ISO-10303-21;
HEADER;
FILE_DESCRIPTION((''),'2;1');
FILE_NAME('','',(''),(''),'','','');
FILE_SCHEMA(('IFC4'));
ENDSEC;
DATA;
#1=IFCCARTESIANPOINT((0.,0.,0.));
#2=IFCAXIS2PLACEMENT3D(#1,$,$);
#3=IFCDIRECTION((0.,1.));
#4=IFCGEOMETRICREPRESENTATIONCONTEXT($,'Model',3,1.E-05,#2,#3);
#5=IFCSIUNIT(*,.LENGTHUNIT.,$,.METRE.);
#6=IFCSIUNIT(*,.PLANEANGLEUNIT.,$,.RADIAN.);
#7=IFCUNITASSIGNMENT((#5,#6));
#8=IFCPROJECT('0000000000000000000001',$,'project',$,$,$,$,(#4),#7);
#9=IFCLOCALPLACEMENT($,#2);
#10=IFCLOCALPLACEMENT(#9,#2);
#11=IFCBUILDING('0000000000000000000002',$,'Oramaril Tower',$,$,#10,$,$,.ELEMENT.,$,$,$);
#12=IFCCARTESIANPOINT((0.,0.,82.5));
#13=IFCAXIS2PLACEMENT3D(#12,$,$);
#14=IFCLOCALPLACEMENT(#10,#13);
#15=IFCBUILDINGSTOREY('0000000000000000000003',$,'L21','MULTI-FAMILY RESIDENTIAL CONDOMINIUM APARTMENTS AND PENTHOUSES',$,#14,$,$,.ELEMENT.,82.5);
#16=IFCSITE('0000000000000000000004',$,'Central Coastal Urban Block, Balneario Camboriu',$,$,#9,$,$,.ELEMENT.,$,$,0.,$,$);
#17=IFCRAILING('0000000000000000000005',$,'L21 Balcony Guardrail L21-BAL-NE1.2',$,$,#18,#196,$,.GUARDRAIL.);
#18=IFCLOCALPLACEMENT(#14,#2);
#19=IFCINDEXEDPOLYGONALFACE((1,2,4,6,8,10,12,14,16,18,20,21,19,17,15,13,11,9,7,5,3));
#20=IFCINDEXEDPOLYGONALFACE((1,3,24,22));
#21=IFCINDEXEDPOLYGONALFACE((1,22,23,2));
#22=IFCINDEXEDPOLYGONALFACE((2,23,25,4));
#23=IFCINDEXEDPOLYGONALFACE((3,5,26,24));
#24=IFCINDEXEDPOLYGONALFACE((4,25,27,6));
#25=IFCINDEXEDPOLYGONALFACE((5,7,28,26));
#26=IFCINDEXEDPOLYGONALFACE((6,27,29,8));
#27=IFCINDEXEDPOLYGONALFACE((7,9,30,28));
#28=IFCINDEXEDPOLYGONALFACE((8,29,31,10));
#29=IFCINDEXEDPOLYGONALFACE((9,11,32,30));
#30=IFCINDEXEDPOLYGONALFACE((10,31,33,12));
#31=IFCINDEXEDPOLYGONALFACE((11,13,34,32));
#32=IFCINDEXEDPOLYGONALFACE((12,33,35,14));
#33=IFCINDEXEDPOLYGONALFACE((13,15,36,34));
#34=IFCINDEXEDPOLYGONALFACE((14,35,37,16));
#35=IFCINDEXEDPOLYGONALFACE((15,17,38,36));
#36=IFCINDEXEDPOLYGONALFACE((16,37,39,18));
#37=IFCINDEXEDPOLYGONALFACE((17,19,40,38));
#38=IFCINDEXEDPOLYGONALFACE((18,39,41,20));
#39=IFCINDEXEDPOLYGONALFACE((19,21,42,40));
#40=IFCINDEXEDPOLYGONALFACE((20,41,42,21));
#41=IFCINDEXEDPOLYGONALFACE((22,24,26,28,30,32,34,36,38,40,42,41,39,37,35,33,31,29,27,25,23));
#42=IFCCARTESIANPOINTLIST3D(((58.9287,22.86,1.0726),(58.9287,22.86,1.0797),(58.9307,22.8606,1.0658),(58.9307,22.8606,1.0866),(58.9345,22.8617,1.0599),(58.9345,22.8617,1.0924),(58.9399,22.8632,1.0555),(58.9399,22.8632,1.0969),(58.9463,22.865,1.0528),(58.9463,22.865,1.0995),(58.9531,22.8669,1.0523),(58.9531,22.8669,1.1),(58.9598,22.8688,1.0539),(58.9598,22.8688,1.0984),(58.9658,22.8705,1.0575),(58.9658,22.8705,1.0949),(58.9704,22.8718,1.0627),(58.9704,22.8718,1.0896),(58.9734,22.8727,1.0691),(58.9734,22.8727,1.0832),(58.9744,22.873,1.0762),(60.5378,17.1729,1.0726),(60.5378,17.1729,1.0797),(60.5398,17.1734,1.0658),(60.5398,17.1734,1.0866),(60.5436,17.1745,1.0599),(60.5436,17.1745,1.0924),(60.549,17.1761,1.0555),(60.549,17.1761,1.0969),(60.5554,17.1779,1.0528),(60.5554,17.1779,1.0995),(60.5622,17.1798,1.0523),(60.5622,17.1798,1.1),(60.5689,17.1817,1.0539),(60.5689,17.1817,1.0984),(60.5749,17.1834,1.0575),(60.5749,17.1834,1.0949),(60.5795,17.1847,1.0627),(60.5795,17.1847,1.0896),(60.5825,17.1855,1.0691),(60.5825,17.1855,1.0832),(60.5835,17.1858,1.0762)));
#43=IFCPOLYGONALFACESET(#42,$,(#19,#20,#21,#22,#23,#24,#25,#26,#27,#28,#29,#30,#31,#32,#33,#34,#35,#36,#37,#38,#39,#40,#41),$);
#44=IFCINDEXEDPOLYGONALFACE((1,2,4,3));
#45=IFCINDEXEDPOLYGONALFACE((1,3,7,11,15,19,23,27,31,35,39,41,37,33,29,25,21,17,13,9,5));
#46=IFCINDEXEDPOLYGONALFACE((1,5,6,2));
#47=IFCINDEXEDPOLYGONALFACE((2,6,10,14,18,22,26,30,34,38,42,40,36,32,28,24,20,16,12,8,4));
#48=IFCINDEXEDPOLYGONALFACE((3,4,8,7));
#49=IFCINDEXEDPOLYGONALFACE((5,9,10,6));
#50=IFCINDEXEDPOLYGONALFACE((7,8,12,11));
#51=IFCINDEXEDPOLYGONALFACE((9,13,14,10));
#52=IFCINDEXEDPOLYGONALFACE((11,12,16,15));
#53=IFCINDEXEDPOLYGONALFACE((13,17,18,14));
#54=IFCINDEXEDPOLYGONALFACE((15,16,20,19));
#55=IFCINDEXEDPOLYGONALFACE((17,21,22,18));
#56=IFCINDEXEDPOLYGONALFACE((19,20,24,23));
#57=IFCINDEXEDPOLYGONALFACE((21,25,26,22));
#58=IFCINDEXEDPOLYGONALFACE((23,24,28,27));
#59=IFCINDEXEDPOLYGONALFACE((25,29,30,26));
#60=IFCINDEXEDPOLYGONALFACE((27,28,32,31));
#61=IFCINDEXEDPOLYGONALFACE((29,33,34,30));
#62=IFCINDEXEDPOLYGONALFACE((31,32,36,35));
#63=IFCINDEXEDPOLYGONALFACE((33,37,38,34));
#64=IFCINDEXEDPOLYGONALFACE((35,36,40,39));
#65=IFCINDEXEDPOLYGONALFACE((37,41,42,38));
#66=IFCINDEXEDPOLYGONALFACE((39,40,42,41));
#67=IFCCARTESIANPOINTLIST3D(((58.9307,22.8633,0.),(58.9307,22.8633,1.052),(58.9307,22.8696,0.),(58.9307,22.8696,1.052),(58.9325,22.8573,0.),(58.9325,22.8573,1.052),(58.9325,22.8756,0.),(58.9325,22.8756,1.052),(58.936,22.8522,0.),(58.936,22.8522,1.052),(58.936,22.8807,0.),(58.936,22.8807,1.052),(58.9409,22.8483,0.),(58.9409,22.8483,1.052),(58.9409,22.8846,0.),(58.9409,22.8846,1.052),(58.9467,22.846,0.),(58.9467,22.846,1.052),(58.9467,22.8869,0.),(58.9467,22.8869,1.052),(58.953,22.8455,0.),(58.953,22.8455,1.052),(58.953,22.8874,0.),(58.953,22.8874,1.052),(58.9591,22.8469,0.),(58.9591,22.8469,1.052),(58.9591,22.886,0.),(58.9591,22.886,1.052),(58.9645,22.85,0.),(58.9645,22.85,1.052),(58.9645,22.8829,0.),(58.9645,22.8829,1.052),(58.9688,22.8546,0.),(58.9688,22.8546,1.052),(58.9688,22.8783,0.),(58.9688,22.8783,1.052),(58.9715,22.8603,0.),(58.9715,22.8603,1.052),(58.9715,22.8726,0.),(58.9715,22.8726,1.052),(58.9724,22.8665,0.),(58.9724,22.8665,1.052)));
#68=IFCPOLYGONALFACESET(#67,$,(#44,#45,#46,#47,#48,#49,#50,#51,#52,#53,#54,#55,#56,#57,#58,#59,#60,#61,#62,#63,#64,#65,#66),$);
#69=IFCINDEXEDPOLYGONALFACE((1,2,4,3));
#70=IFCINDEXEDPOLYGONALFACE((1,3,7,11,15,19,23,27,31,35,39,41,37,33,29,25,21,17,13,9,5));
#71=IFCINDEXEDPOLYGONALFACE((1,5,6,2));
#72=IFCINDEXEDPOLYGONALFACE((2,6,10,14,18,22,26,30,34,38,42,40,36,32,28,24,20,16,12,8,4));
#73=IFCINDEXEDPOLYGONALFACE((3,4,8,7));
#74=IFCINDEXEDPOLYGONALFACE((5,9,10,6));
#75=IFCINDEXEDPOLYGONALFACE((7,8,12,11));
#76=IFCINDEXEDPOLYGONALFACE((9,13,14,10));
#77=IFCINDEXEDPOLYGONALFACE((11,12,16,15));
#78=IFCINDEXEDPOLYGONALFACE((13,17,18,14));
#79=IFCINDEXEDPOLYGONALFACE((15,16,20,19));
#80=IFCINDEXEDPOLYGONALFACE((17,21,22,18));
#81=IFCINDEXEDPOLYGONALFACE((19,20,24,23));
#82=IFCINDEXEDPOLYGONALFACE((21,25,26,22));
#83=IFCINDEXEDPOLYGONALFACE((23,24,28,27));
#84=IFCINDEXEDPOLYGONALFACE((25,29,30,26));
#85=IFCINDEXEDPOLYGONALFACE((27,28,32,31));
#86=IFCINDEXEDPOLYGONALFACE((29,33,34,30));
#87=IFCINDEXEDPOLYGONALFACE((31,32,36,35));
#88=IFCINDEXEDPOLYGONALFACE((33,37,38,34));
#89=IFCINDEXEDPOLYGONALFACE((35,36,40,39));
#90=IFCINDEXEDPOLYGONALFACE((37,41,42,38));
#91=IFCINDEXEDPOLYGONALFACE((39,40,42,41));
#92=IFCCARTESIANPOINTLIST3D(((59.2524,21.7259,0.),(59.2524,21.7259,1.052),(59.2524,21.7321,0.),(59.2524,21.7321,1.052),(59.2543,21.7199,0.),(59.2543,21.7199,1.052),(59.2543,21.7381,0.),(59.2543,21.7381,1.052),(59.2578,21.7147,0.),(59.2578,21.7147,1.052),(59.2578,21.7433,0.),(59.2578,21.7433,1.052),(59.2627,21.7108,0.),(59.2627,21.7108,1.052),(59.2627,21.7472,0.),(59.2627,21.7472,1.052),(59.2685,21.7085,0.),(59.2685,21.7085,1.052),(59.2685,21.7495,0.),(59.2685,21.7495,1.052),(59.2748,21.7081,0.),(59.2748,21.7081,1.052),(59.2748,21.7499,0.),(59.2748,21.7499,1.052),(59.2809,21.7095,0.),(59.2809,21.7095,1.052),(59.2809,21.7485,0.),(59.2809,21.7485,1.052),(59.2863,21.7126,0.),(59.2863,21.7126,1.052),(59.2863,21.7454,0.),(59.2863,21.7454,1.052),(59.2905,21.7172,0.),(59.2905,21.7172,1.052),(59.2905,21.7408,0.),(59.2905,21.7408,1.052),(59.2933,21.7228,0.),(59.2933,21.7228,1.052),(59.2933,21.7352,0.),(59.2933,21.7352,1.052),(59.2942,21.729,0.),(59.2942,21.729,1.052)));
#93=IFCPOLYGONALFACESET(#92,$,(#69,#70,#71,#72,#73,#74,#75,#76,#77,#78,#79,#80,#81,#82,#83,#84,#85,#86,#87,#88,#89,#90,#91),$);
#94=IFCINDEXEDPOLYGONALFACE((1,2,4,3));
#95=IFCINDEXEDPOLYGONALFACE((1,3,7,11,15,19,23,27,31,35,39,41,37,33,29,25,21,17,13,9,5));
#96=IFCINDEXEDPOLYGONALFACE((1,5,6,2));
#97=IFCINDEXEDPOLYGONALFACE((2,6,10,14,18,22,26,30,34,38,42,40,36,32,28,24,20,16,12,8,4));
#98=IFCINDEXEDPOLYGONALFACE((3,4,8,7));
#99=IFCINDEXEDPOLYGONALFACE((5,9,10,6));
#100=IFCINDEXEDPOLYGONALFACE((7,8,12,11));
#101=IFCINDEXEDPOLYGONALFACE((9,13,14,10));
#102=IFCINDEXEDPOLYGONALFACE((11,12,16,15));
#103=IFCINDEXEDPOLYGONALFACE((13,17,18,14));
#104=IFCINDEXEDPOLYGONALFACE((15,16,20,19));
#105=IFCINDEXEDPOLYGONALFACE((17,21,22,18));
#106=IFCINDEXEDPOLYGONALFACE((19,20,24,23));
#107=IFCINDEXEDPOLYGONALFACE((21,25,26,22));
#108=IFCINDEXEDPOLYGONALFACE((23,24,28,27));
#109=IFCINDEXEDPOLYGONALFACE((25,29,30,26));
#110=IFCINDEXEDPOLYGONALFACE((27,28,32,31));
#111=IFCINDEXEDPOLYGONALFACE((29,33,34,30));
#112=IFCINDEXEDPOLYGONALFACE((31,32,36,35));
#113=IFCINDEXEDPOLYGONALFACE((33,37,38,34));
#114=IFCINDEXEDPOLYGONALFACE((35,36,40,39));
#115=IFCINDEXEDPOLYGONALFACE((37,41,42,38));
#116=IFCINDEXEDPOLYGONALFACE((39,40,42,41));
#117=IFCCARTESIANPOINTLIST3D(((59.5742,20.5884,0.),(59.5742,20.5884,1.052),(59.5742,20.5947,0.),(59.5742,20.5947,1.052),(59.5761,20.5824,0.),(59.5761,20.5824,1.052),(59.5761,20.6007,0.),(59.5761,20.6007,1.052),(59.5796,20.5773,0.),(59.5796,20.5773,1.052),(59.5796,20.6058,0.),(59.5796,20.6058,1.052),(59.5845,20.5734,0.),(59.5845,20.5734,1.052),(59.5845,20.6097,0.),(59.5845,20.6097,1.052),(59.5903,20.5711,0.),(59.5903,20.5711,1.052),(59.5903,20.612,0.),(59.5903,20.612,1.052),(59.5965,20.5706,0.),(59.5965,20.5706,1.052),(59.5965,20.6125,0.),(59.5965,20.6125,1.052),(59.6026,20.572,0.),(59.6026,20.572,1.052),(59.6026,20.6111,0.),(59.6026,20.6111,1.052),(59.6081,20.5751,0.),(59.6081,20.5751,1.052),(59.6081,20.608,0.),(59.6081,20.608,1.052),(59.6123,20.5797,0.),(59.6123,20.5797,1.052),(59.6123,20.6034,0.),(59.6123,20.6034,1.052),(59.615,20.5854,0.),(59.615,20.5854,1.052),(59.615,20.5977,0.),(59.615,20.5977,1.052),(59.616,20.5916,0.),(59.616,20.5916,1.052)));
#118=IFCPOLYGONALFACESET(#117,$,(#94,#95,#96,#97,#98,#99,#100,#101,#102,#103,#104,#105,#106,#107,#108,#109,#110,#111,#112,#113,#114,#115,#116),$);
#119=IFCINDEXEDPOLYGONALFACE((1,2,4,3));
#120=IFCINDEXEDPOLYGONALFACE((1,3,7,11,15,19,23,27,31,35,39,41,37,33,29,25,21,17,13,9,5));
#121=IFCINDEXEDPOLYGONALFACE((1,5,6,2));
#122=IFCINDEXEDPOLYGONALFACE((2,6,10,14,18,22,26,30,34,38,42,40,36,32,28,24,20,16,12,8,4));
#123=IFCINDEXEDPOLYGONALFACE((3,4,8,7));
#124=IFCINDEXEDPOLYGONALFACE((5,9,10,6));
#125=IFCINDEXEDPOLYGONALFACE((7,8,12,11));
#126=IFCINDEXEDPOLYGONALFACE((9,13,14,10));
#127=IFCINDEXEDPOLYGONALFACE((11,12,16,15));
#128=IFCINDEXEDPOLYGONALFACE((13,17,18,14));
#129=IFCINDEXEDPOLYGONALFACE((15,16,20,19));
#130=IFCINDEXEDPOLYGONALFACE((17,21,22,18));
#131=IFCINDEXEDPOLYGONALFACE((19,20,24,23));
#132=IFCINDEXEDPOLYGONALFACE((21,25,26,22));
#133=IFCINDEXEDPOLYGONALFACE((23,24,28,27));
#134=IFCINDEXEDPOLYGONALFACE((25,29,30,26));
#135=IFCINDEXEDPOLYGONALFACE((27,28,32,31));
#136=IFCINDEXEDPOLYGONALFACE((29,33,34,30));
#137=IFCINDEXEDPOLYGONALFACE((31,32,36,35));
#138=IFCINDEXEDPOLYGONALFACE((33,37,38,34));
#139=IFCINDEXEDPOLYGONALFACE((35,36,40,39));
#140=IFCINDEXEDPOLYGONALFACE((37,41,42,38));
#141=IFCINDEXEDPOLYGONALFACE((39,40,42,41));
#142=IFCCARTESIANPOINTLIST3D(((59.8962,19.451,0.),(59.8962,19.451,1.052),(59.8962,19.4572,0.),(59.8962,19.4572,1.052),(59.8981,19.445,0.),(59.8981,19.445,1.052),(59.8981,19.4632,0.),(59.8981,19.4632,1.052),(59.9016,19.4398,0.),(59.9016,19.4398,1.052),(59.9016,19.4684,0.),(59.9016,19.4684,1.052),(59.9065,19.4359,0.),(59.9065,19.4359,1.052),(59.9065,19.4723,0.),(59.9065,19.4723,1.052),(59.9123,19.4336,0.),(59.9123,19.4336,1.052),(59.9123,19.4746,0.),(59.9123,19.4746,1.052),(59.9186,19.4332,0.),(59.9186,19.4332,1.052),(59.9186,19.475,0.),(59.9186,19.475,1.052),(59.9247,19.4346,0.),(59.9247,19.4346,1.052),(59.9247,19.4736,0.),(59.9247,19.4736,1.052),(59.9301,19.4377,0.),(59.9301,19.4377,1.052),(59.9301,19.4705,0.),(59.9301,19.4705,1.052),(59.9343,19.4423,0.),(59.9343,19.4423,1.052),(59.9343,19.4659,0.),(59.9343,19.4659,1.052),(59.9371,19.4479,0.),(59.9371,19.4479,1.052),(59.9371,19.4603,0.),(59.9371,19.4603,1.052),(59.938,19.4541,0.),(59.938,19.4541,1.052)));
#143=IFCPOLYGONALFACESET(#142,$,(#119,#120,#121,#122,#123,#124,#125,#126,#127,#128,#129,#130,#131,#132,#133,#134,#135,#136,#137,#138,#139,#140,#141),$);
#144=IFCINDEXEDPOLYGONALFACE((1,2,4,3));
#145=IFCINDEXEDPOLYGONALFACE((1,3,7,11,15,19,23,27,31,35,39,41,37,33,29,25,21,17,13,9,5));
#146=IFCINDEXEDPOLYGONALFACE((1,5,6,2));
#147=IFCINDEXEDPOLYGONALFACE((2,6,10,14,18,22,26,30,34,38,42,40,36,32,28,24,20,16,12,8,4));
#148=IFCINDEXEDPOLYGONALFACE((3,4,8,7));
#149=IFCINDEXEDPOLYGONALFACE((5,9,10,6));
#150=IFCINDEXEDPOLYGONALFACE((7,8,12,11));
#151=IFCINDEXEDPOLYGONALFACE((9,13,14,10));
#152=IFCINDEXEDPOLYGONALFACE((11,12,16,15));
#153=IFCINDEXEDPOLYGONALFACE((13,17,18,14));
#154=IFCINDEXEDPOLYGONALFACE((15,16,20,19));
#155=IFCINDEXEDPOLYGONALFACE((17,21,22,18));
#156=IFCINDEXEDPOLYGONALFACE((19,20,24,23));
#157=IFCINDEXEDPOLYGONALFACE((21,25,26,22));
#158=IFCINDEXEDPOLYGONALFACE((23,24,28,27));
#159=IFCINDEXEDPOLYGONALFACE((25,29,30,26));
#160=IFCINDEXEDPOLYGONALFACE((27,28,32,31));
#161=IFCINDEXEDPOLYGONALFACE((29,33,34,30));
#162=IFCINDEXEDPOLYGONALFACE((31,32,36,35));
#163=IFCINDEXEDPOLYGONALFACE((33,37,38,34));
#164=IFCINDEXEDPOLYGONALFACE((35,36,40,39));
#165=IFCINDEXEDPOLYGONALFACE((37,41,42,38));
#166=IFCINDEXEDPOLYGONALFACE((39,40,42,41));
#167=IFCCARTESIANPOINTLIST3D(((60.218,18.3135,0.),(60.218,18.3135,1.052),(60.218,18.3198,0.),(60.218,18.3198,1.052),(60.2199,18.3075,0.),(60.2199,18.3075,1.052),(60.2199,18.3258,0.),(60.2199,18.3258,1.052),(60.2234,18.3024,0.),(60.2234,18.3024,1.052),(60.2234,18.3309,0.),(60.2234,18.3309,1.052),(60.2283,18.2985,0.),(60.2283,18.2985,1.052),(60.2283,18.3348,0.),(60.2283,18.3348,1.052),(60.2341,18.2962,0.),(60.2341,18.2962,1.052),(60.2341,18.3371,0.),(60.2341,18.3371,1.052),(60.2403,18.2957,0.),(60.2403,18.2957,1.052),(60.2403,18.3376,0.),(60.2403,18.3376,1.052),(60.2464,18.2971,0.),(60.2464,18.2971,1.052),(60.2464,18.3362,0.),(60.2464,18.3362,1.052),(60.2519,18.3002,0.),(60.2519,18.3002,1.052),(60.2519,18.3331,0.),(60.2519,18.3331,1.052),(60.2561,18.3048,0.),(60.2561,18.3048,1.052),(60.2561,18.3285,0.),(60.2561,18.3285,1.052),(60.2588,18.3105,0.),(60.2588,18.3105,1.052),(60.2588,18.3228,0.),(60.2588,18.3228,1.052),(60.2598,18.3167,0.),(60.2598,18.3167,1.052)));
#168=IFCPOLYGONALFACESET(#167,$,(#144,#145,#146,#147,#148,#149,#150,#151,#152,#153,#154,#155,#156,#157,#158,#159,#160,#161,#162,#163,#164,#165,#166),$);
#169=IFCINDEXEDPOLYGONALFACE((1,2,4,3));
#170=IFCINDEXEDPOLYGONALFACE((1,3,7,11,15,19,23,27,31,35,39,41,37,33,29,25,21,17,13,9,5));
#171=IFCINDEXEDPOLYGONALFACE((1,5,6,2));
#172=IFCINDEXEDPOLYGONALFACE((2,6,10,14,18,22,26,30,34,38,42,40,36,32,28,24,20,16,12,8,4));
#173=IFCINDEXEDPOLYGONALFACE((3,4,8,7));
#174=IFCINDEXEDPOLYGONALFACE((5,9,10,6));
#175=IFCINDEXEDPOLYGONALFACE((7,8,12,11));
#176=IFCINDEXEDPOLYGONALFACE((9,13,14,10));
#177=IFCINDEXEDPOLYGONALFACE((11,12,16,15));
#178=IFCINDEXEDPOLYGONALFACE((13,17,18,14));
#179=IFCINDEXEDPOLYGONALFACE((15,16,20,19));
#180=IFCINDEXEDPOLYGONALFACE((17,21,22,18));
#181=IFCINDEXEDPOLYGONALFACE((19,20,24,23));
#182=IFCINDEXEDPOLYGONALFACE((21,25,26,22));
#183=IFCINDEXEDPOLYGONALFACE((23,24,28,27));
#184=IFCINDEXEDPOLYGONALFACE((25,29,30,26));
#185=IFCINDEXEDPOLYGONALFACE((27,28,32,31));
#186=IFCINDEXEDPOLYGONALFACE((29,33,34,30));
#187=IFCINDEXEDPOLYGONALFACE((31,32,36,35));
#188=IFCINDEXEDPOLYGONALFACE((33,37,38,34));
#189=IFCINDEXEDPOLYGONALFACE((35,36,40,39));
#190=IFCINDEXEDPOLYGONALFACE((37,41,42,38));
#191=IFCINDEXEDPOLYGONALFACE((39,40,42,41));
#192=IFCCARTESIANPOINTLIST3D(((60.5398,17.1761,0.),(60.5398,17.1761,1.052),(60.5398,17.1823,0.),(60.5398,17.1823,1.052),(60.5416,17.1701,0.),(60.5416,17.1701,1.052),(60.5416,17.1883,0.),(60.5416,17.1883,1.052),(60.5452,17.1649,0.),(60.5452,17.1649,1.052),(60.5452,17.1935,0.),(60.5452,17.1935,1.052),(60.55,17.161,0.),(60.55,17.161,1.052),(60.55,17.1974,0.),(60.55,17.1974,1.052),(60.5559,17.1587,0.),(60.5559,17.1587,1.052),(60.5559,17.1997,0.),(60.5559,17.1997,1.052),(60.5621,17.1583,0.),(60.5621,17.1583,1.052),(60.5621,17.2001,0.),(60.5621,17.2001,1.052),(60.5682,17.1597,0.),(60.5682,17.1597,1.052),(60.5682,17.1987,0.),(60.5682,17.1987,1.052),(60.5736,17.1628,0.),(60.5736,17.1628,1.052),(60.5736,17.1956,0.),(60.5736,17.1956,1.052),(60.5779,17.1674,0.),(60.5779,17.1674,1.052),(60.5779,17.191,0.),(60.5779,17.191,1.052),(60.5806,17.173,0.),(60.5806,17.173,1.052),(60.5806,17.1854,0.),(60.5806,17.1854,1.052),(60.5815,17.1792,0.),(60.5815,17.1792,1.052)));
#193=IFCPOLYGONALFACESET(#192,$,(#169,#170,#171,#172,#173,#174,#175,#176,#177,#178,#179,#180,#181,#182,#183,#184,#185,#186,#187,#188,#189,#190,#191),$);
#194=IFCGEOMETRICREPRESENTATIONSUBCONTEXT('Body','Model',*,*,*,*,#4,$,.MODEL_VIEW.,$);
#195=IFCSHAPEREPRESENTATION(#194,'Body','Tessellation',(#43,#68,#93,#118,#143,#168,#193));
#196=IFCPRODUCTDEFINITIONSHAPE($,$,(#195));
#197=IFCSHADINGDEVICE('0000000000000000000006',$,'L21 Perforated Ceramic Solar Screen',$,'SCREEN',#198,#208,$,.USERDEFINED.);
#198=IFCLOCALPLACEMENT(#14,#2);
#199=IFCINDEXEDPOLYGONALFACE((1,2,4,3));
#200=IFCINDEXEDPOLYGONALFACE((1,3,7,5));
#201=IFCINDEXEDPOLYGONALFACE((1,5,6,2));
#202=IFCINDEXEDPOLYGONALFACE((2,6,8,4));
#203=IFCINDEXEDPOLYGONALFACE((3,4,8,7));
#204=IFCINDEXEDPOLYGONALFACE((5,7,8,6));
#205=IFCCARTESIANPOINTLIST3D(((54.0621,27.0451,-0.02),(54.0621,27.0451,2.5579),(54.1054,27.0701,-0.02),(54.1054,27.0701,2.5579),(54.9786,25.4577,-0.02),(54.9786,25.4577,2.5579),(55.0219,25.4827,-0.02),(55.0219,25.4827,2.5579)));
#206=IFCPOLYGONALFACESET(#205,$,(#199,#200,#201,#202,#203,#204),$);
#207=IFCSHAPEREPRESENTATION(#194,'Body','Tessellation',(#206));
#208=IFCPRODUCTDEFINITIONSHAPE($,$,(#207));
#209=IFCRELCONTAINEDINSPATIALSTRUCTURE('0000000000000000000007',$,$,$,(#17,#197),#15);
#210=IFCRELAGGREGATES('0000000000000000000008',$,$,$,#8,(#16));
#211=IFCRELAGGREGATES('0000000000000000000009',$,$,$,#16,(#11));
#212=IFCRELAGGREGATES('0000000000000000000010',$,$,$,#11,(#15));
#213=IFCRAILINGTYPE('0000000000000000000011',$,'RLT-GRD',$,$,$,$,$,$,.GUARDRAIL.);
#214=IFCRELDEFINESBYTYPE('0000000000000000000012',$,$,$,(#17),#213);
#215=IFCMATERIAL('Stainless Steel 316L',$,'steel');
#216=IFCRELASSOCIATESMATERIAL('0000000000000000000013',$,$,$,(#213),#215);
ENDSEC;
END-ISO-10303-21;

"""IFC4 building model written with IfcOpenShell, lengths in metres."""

from ifc_helpers import new_model, si_unit, direction, frame, origin, origin_2d, place, context, subcontext, project, spatial, rectangle, circle, extrude, material, type_object, element, save


model = new_model("IFC4")

# Units and contexts
model_context = context("Model", 3, precision=1e-05, world=origin(), true_north=direction((0.0, 1.0)))
body_context = subcontext(model_context, "Body", "Model", "MODEL_VIEW")
ifc_project = project(units=[si_unit("LENGTHUNIT", "METRE"), si_unit("PLANEANGLEUNIT", "RADIAN")], contexts=[model_context])

# Site, building, storey
site_placement = place(None, origin())
site = spatial("IfcSite", under=ifc_project, at=site_placement, Name="Central Coastal Urban Block, Balneario Camboriu", CompositionType="ELEMENT", RefElevation=0.0)
building_placement = place(site_placement, origin())
building = spatial("IfcBuilding", under=site, at=building_placement, Name="Oramaril Tower", CompositionType="ELEMENT")
storey_placement = place(building_placement, frame((0.0, 0.0, 82.5)))
storey = spatial("IfcBuildingStorey", under=building, at=storey_placement, Name="L21", Description="MULTI-FAMILY RESIDENTIAL CONDOMINIUM APARTMENTS AND PENTHOUSES", CompositionType="ELEMENT", Elevation=82.5)

# Railing
ifc_material_1 = material(Name="Stainless Steel 316L", Category="steel")
railing_type = type_object("IfcRailingType", Name="RLT-GRD", PredefinedType="GUARDRAIL", material=ifc_material_1)
railing_1_placement = place(storey_placement, frame((58.9514, 22.8665, 0.0)))
element("IfcRailing", 1, at=railing_1_placement, inside=storey, type_object=railing_type, Name="L21 Balcony Guardrail L21-BAL-NE1.2", PredefinedType="GUARDRAIL", context=body_context, shape_type="SweptSolid", body=[
    extrude(circle(Radius=0.0239, at=origin_2d()), frame((0.0, 0.0, 1.0762), z_axis=(0.272249, -0.962227, 0.0), x_axis=(0.962227, 0.272249, 0.0)), (0.0, 0.0, 1.0), 5.9104),
    extrude(circle(Radius=0.021, at=origin_2d()), origin(), (0.0, 0.0, 1.0), 1.052),
    extrude(circle(Radius=0.021, at=origin_2d()), frame((0.3218, -1.1375, 0.0)), (0.0, 0.0, 1.0), 1.052),
    extrude(circle(Radius=0.021, at=origin_2d()), frame((0.6436, -2.2749, 0.0)), (0.0, 0.0, 1.0), 1.052),
    extrude(circle(Radius=0.021, at=origin_2d()), frame((0.9656, -3.4124, 0.0)), (0.0, 0.0, 1.0), 1.052),
    extrude(circle(Radius=0.021, at=origin_2d()), frame((1.2874, -4.5498, 0.0)), (0.0, 0.0, 1.0), 1.052),
    extrude(circle(Radius=0.021, at=origin_2d()), frame((1.6091, -5.6873, 0.0)), (0.0, 0.0, 1.0), 1.052),
])

# Shading device
shading_device_placement = place(storey_placement, frame((54.542, 26.2639, -0.02), z_axis=(0.0, 0.0, 1.0), x_axis=(-0.5, 0.866025, 0.0)))
element("IfcShadingDevice", 2, at=shading_device_placement, inside=storey, Name="L21 Perforated Ceramic Solar Screen", ObjectType="SCREEN", PredefinedType="USERDEFINED", context=body_context, shape_type="SweptSolid", body=[
    extrude(rectangle(XDim=1.833, YDim=0.05, at=origin_2d()), origin(), (0.0, 0.0, 1.0), 2.5779),
])

save(model, "model.ifc")
